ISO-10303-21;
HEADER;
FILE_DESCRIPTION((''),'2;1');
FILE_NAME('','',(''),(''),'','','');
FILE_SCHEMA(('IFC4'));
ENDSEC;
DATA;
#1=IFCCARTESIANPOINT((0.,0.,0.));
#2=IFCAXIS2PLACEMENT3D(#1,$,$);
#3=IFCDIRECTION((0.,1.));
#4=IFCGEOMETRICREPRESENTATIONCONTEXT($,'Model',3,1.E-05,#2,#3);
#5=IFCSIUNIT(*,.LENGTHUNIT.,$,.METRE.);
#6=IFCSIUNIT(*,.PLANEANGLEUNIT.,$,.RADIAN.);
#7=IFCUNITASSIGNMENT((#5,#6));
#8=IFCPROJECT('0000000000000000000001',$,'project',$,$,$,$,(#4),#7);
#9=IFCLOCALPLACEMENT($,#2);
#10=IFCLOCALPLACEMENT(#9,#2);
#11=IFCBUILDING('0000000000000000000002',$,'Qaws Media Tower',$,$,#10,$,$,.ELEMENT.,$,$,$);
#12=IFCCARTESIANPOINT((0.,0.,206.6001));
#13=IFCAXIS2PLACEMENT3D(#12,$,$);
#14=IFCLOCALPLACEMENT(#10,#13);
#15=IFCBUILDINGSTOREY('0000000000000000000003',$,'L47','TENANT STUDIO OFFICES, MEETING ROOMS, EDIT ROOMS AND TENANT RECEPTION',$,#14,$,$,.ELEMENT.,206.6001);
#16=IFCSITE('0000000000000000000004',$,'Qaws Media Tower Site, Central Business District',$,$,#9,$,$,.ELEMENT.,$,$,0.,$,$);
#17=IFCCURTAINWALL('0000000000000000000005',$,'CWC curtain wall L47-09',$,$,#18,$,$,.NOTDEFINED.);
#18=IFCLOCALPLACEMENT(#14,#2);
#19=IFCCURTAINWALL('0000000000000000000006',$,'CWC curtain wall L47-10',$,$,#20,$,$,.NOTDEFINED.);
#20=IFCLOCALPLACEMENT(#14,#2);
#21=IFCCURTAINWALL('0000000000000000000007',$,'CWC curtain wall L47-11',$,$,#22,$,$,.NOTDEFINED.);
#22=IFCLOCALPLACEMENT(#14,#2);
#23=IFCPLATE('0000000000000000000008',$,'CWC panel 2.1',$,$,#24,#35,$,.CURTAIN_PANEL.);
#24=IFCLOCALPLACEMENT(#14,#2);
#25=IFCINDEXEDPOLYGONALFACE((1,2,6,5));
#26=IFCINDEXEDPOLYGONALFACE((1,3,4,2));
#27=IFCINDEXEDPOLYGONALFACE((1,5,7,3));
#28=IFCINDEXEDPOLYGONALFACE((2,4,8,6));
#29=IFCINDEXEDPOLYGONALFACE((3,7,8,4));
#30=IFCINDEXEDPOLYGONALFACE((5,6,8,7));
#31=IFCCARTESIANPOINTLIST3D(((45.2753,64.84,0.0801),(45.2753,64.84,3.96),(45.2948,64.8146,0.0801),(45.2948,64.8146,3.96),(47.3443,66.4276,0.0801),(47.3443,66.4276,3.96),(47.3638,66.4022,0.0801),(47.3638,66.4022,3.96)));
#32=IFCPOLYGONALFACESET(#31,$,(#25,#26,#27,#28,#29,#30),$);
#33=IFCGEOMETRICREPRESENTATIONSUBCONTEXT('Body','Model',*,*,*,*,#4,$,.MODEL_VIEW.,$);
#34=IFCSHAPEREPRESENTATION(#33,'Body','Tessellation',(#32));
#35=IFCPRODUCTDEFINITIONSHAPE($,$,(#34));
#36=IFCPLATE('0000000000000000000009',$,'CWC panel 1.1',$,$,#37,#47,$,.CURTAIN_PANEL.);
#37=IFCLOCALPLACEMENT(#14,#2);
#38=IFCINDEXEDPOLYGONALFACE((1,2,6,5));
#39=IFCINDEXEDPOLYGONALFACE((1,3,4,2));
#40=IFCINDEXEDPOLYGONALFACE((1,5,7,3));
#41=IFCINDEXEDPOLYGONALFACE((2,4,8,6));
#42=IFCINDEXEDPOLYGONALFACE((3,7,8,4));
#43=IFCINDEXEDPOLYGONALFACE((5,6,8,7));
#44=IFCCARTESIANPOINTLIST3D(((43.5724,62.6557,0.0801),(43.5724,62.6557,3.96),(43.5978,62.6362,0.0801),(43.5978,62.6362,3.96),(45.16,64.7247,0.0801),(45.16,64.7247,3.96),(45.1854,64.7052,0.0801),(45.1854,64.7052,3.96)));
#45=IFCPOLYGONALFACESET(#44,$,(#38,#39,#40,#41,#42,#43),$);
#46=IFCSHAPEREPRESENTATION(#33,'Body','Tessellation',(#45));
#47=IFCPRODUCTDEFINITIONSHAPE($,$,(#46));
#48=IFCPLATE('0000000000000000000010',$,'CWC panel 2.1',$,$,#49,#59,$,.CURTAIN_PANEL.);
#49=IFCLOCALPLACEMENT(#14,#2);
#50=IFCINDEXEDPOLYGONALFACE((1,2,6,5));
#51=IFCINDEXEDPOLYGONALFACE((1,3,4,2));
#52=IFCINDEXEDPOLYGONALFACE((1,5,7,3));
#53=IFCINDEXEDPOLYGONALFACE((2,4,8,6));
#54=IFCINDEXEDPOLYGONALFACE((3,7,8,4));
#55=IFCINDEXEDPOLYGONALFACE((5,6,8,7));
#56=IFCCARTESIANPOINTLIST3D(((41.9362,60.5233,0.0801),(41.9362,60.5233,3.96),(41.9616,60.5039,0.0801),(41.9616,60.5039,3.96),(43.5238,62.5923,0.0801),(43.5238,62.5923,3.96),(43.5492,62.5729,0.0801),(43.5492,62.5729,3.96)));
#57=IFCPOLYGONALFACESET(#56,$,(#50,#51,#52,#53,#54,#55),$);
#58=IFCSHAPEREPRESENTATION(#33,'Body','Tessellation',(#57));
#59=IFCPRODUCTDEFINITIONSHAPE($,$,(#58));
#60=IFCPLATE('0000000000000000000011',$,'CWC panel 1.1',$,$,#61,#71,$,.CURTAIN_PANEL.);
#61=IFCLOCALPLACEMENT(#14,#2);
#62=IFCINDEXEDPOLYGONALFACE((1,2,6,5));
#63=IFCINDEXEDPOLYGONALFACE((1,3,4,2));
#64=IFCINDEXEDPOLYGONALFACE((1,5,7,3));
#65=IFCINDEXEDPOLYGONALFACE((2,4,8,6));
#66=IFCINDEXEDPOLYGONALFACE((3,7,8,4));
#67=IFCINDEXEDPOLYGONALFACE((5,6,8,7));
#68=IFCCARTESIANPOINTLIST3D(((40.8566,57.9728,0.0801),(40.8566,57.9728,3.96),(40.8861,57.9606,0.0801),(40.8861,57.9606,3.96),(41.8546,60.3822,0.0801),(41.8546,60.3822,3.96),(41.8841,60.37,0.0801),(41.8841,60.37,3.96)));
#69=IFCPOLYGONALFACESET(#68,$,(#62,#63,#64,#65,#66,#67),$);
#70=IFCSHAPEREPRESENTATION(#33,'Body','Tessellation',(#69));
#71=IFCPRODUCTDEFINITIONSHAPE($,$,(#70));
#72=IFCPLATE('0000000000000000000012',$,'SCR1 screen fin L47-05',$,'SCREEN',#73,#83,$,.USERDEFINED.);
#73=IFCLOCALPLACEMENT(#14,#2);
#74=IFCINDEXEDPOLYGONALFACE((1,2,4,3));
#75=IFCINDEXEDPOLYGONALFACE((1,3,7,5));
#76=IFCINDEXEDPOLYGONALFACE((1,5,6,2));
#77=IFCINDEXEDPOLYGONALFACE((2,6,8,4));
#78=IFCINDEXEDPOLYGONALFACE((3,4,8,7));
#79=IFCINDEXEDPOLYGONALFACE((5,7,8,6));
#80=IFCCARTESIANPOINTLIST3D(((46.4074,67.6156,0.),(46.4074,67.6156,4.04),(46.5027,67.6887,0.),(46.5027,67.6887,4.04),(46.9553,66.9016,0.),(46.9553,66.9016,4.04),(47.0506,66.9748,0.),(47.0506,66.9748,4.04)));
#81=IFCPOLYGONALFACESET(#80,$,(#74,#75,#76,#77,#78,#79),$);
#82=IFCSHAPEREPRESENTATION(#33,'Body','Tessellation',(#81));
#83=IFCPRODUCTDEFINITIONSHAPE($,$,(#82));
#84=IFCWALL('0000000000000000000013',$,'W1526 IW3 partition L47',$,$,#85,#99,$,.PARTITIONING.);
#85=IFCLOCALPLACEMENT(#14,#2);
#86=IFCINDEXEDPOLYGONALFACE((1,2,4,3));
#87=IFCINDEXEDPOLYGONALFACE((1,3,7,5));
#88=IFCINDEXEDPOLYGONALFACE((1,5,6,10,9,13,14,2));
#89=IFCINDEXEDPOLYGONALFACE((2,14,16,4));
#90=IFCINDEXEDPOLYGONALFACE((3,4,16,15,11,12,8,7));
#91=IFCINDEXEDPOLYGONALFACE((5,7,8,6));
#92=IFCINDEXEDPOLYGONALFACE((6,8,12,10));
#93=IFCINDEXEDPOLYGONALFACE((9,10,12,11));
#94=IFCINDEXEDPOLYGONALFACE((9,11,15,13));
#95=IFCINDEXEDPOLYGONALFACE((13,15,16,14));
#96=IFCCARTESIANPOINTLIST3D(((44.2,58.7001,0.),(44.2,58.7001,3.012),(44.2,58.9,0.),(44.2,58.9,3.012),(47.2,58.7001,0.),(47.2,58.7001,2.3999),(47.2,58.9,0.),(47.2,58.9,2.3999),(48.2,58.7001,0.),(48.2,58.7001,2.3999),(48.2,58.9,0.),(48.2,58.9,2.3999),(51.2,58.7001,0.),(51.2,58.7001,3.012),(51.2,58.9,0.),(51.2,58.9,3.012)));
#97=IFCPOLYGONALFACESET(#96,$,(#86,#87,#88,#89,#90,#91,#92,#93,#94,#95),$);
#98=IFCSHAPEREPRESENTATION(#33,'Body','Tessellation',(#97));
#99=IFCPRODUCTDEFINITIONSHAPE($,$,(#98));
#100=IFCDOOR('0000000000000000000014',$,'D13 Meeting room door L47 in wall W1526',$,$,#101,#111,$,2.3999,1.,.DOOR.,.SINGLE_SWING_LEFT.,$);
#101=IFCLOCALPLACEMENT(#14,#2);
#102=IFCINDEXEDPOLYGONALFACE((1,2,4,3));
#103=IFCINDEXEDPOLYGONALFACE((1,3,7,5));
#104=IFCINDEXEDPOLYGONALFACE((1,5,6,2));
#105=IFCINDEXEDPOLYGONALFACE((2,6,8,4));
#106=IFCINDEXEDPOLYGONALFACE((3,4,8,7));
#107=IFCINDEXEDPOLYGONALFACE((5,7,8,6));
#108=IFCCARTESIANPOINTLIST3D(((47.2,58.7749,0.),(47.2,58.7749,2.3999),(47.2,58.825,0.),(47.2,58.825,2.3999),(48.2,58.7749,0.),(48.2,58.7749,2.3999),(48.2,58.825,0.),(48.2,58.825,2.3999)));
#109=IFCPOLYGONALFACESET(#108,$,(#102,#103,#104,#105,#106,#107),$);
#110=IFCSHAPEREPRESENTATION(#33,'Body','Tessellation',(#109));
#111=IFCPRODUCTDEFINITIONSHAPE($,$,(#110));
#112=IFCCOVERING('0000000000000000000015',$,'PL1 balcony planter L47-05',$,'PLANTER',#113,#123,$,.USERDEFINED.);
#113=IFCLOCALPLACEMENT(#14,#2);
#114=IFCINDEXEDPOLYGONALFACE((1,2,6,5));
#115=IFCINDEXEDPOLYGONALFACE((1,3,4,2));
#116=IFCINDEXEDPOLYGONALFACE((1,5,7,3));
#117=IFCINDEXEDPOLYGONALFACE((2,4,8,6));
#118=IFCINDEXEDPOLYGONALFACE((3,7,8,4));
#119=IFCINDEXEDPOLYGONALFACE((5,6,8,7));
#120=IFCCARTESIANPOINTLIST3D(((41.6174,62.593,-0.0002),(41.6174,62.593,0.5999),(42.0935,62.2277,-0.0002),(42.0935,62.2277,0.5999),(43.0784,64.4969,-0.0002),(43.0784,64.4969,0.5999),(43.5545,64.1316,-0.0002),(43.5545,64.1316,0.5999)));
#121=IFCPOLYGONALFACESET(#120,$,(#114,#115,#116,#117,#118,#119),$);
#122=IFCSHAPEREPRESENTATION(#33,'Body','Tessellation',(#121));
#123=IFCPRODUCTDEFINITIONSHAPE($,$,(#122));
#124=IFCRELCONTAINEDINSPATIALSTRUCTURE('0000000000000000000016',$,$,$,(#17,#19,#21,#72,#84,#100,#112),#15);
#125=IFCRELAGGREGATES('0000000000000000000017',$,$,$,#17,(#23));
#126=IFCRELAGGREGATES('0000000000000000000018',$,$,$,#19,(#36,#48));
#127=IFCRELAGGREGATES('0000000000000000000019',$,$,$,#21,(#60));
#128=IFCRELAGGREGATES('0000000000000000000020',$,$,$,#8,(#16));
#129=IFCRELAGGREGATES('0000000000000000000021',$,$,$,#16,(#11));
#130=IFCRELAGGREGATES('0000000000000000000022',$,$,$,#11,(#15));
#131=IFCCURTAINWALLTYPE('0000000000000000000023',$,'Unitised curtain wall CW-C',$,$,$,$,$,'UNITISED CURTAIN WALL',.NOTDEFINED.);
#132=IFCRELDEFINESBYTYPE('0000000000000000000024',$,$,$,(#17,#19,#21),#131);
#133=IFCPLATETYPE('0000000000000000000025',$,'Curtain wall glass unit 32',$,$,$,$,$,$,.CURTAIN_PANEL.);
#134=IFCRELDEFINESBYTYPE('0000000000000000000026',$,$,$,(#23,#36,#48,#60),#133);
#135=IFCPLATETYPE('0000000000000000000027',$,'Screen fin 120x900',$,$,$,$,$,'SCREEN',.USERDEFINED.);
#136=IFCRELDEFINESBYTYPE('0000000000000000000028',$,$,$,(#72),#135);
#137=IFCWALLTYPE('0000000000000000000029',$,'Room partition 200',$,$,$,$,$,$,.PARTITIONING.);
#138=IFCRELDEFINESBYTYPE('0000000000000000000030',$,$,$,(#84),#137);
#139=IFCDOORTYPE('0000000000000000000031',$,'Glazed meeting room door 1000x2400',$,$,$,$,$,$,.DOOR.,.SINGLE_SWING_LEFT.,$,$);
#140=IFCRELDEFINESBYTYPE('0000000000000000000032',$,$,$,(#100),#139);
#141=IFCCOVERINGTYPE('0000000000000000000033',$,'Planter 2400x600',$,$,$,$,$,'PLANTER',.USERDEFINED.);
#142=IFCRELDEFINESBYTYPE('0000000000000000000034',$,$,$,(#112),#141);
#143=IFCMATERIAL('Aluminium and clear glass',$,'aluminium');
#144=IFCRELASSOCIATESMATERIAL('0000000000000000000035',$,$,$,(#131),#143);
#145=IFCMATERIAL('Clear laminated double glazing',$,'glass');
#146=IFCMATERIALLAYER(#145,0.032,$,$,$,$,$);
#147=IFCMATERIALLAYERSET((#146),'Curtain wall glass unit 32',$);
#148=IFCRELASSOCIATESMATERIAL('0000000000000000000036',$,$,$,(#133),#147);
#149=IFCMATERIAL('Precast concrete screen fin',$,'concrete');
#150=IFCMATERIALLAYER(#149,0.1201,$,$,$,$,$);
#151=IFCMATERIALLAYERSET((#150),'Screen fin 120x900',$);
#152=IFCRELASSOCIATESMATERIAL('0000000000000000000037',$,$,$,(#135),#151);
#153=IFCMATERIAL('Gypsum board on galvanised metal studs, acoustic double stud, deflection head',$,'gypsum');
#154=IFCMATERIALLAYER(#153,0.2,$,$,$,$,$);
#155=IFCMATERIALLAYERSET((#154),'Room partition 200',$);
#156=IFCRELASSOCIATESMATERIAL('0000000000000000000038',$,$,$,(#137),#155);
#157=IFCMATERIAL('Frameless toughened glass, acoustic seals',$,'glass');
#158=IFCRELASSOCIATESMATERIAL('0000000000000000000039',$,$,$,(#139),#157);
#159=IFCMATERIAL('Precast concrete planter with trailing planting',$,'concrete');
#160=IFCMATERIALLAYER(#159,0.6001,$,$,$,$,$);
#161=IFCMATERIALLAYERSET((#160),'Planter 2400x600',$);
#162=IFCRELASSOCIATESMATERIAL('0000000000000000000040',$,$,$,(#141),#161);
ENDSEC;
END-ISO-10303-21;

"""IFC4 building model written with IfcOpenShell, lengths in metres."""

from ifc_helpers import new_model, si_unit, direction, frame, frame_2d, origin, origin_2d, place, context, subcontext, project, spatial, rectangle, extrude, material, layer, layer_set, type_object, element, fill, aggregate, save


model = new_model("IFC4")

# Units and contexts
model_context = context("Model", 3, precision=1e-05, world=origin(), true_north=direction((0.0, 1.0)))
body_context = subcontext(model_context, "Body", "Model", "MODEL_VIEW")
ifc_project = project(units=[si_unit("LENGTHUNIT", "METRE"), si_unit("PLANEANGLEUNIT", "RADIAN")], contexts=[model_context])

# Site, building, storey
site_placement = place(None, origin())
site = spatial("IfcSite", under=ifc_project, at=site_placement, Name="Qaws Media Tower Site, Central Business District", CompositionType="ELEMENT", RefElevation=0.0)
building_placement = place(site_placement, origin())
building = spatial("IfcBuilding", under=site, at=building_placement, Name="Qaws Media Tower", CompositionType="ELEMENT")
storey_placement = place(building_placement, frame((0.0, 0.0, 206.6001)))
storey = spatial("IfcBuildingStorey", under=building, at=storey_placement, Name="L47", Description="TENANT STUDIO OFFICES, MEETING ROOMS, EDIT ROOMS AND TENANT RECEPTION", CompositionType="ELEMENT", Elevation=206.6001)

# Curtain wall
ifc_material_1 = material(Name="Aluminium and clear glass", Category="aluminium")
curtain_wall_type = type_object("IfcCurtainWallType", Name="Unitised curtain wall CW-C", ElementType="UNITISED CURTAIN WALL", PredefinedType="NOTDEFINED", material=ifc_material_1)
curtain_wall_1_placement = place(storey_placement, origin())
curtain_wall_1 = element("IfcCurtainWall", 1, at=curtain_wall_1_placement, inside=storey, type_object=curtain_wall_type, Name="CWC curtain wall L47-09", PredefinedType="NOTDEFINED")

# Curtain wall
curtain_wall_2_placement = place(storey_placement, origin())
curtain_wall_2 = element("IfcCurtainWall", 2, at=curtain_wall_2_placement, inside=storey, type_object=curtain_wall_type, Name="CWC curtain wall L47-10", PredefinedType="NOTDEFINED")

# Curtain wall
curtain_wall_3_placement = place(storey_placement, origin())
curtain_wall_3 = element("IfcCurtainWall", 3, at=curtain_wall_3_placement, inside=storey, type_object=curtain_wall_type, Name="CWC curtain wall L47-11", PredefinedType="NOTDEFINED")

# Plates
ifc_material_2 = material(Name="Clear laminated double glazing", Category="glass")
ifc_layer_1 = layer(ifc_material_2, 0.032)
ifc_layer_set_1 = layer_set([ifc_layer_1], Name="Curtain wall glass unit 32")
plate_type_1 = type_object("IfcPlateType", Name="Curtain wall glass unit 32", PredefinedType="CURTAIN_PANEL", material=ifc_layer_set_1)
plate_1_placement = place(storey_placement, frame((46.3196, 65.6211, 0.0801), z_axis=(0.0, 0.0, 1.0), x_axis=(-0.793353, -0.608761, 0.0)))
plate_1 = element("IfcPlate", 4, at=plate_1_placement, type_object=plate_type_1, Name="CWC panel 2.1", PredefinedType="CURTAIN_PANEL", context=body_context, shape_type="SweptSolid", body=[
    extrude(rectangle(XDim=2.6079, YDim=0.032, at=origin_2d()), origin(), (0.0, 0.0, 1.0), 3.8799),
])
aggregate(curtain_wall_1, [plate_1])
plate_2_placement = place(storey_placement, frame((44.3789, 63.6804, 0.0801), z_axis=(0.0, 0.0, 1.0), x_axis=(-0.608761, -0.793353, 0.0)))
plate_2 = element("IfcPlate", 5, at=plate_2_placement, type_object=plate_type_1, Name="CWC panel 1.1", PredefinedType="CURTAIN_PANEL", context=body_context, shape_type="SweptSolid", body=[
    extrude(rectangle(XDim=2.6079, YDim=0.032, at=origin_2d()), origin(), (0.0, 0.0, 1.0), 3.8799),
])
plate_3_placement = place(storey_placement, frame((42.7427, 61.5481, 0.0801), z_axis=(0.0, 0.0, 1.0), x_axis=(-0.608761, -0.793353, 0.0)))
plate_3 = element("IfcPlate", 6, at=plate_3_placement, type_object=plate_type_1, Name="CWC panel 2.1", PredefinedType="CURTAIN_PANEL", context=body_context, shape_type="SweptSolid", body=[
    extrude(rectangle(XDim=2.6079, YDim=0.032, at=origin_2d()), origin(), (0.0, 0.0, 1.0), 3.8799),
])
aggregate(curtain_wall_2, [plate_2, plate_3])
plate_4_placement = place(storey_placement, frame((41.3704, 59.1714, 0.0801), z_axis=(0.0, 0.0, 1.0), x_axis=(-0.382683, -0.92388, 0.0)))
plate_4 = element("IfcPlate", 7, at=plate_4_placement, type_object=plate_type_1, Name="CWC panel 1.1", PredefinedType="CURTAIN_PANEL", context=body_context, shape_type="SweptSolid", body=[
    extrude(rectangle(XDim=2.6079, YDim=0.032, at=origin_2d()), origin(), (0.0, 0.0, 1.0), 3.8799),
])
aggregate(curtain_wall_3, [plate_4])
ifc_material_3 = material(Name="Precast concrete screen fin", Category="concrete")
ifc_layer_2 = layer(ifc_material_3, 0.1201)
ifc_layer_set_2 = layer_set([ifc_layer_2], Name="Screen fin 120x900")
plate_type_2 = type_object("IfcPlateType", Name="Screen fin 120x900", ElementType="SCREEN", PredefinedType="USERDEFINED", material=ifc_layer_set_2)
plate_5_placement = place(storey_placement, frame((46.729, 67.2952, 0.0), z_axis=(0.0, 0.0, 1.0), x_axis=(-0.608761, 0.793353, 0.0)))
element("IfcPlate", 8, at=plate_5_placement, inside=storey, type_object=plate_type_2, Name="SCR1 screen fin L47-05", ObjectType="SCREEN", PredefinedType="USERDEFINED", context=body_context, shape_type="SweptSolid", body=[
    extrude(rectangle(XDim=0.8999, YDim=0.1201, at=origin_2d()), origin(), (0.0, 0.0, 1.0), 4.04),
])

# Wall, opening, door
ifc_material_4 = material(Name="Gypsum board on galvanised metal studs, acoustic double stud, deflection head", Category="gypsum")
ifc_layer_3 = layer(ifc_material_4, 0.2)
ifc_layer_set_3 = layer_set([ifc_layer_3], Name="Room partition 200")
wall_type = type_object("IfcWallType", Name="Room partition 200", PredefinedType="PARTITIONING", material=ifc_layer_set_3)
wall_placement = place(storey_placement, frame((44.2, 58.8, 0.0), z_axis=(0.0, 0.0, 1.0), x_axis=(1.0, 0.0, 0.0)))
wall = element("IfcWall", 9, at=wall_placement, inside=storey, type_object=wall_type, Name="W1526 IW3 partition L47", PredefinedType="PARTITIONING", context=body_context, shape_type="SweptSolid", body=[
    extrude(rectangle(XDim=7.0, YDim=0.2, at=frame_2d((3.5, 0.0))), origin(), (0.0, 0.0, 1.0), 3.012),
])
opening_placement = place(wall_placement, frame((3.0, 0.0, 0.0)))
opening = element("IfcOpeningElement", 10, at=opening_placement, cuts=wall, PredefinedType="OPENING", context=body_context, shape_type="SweptSolid", body=[
    extrude(rectangle(XDim=1.0, YDim=2.3999, at=frame_2d((0.5, 1.2))), frame((0.0, 0.1099, 0.0), z_axis=(0.0, -1.0, 0.0), x_axis=(1.0, 0.0, 0.0)), (0.0, 0.0, 1.0), 0.22),
])
ifc_material_5 = material(Name="Frameless toughened glass, acoustic seals", Category="glass")
door_type = type_object("IfcDoorType", Name="Glazed meeting room door 1000x2400", OperationType="SINGLE_SWING_LEFT", PredefinedType="DOOR", material=ifc_material_5)
door_placement = place(opening_placement, origin())
door = element("IfcDoor", 11, at=door_placement, inside=storey, type_object=door_type, Name="D13 Meeting room door L47 in wall W1526", OperationType="SINGLE_SWING_LEFT", OverallHeight=2.3999, OverallWidth=1.0, PredefinedType="DOOR", context=body_context, shape_type="SweptSolid", body=[
    extrude(rectangle(XDim=1.0, YDim=2.3999, at=frame_2d((0.5, 1.2))), frame((0.0, 0.0249, 0.0), z_axis=(0.0, -1.0, 0.0), x_axis=(1.0, 0.0, 0.0)), (0.0, 0.0, 1.0), 0.05),
])
fill(opening, door)

# Covering
ifc_material_6 = material(Name="Precast concrete planter with trailing planting", Category="concrete")
ifc_layer_4 = layer(ifc_material_6, 0.6001)
ifc_layer_set_4 = layer_set([ifc_layer_4], Name="Planter 2400x600")
covering_type = type_object("IfcCoveringType", Name="Planter 2400x600", ElementType="PLANTER", PredefinedType="USERDEFINED", material=ifc_layer_set_4)
covering_placement = place(storey_placement, frame((42.5859, 63.3623, -0.0002), z_axis=(0.0, 0.0, 1.0), x_axis=(-0.608761, -0.793353, 0.0)))
element("IfcCovering", 12, at=covering_placement, inside=storey, type_object=covering_type, Name="PL1 balcony planter L47-05", ObjectType="PLANTER", PredefinedType="USERDEFINED", context=body_context, shape_type="SweptSolid", body=[
    extrude(rectangle(XDim=2.3999, YDim=0.6001, at=origin_2d()), origin(), (0.0, 0.0, 1.0), 0.6001),
])

save(model, "model.ifc")
